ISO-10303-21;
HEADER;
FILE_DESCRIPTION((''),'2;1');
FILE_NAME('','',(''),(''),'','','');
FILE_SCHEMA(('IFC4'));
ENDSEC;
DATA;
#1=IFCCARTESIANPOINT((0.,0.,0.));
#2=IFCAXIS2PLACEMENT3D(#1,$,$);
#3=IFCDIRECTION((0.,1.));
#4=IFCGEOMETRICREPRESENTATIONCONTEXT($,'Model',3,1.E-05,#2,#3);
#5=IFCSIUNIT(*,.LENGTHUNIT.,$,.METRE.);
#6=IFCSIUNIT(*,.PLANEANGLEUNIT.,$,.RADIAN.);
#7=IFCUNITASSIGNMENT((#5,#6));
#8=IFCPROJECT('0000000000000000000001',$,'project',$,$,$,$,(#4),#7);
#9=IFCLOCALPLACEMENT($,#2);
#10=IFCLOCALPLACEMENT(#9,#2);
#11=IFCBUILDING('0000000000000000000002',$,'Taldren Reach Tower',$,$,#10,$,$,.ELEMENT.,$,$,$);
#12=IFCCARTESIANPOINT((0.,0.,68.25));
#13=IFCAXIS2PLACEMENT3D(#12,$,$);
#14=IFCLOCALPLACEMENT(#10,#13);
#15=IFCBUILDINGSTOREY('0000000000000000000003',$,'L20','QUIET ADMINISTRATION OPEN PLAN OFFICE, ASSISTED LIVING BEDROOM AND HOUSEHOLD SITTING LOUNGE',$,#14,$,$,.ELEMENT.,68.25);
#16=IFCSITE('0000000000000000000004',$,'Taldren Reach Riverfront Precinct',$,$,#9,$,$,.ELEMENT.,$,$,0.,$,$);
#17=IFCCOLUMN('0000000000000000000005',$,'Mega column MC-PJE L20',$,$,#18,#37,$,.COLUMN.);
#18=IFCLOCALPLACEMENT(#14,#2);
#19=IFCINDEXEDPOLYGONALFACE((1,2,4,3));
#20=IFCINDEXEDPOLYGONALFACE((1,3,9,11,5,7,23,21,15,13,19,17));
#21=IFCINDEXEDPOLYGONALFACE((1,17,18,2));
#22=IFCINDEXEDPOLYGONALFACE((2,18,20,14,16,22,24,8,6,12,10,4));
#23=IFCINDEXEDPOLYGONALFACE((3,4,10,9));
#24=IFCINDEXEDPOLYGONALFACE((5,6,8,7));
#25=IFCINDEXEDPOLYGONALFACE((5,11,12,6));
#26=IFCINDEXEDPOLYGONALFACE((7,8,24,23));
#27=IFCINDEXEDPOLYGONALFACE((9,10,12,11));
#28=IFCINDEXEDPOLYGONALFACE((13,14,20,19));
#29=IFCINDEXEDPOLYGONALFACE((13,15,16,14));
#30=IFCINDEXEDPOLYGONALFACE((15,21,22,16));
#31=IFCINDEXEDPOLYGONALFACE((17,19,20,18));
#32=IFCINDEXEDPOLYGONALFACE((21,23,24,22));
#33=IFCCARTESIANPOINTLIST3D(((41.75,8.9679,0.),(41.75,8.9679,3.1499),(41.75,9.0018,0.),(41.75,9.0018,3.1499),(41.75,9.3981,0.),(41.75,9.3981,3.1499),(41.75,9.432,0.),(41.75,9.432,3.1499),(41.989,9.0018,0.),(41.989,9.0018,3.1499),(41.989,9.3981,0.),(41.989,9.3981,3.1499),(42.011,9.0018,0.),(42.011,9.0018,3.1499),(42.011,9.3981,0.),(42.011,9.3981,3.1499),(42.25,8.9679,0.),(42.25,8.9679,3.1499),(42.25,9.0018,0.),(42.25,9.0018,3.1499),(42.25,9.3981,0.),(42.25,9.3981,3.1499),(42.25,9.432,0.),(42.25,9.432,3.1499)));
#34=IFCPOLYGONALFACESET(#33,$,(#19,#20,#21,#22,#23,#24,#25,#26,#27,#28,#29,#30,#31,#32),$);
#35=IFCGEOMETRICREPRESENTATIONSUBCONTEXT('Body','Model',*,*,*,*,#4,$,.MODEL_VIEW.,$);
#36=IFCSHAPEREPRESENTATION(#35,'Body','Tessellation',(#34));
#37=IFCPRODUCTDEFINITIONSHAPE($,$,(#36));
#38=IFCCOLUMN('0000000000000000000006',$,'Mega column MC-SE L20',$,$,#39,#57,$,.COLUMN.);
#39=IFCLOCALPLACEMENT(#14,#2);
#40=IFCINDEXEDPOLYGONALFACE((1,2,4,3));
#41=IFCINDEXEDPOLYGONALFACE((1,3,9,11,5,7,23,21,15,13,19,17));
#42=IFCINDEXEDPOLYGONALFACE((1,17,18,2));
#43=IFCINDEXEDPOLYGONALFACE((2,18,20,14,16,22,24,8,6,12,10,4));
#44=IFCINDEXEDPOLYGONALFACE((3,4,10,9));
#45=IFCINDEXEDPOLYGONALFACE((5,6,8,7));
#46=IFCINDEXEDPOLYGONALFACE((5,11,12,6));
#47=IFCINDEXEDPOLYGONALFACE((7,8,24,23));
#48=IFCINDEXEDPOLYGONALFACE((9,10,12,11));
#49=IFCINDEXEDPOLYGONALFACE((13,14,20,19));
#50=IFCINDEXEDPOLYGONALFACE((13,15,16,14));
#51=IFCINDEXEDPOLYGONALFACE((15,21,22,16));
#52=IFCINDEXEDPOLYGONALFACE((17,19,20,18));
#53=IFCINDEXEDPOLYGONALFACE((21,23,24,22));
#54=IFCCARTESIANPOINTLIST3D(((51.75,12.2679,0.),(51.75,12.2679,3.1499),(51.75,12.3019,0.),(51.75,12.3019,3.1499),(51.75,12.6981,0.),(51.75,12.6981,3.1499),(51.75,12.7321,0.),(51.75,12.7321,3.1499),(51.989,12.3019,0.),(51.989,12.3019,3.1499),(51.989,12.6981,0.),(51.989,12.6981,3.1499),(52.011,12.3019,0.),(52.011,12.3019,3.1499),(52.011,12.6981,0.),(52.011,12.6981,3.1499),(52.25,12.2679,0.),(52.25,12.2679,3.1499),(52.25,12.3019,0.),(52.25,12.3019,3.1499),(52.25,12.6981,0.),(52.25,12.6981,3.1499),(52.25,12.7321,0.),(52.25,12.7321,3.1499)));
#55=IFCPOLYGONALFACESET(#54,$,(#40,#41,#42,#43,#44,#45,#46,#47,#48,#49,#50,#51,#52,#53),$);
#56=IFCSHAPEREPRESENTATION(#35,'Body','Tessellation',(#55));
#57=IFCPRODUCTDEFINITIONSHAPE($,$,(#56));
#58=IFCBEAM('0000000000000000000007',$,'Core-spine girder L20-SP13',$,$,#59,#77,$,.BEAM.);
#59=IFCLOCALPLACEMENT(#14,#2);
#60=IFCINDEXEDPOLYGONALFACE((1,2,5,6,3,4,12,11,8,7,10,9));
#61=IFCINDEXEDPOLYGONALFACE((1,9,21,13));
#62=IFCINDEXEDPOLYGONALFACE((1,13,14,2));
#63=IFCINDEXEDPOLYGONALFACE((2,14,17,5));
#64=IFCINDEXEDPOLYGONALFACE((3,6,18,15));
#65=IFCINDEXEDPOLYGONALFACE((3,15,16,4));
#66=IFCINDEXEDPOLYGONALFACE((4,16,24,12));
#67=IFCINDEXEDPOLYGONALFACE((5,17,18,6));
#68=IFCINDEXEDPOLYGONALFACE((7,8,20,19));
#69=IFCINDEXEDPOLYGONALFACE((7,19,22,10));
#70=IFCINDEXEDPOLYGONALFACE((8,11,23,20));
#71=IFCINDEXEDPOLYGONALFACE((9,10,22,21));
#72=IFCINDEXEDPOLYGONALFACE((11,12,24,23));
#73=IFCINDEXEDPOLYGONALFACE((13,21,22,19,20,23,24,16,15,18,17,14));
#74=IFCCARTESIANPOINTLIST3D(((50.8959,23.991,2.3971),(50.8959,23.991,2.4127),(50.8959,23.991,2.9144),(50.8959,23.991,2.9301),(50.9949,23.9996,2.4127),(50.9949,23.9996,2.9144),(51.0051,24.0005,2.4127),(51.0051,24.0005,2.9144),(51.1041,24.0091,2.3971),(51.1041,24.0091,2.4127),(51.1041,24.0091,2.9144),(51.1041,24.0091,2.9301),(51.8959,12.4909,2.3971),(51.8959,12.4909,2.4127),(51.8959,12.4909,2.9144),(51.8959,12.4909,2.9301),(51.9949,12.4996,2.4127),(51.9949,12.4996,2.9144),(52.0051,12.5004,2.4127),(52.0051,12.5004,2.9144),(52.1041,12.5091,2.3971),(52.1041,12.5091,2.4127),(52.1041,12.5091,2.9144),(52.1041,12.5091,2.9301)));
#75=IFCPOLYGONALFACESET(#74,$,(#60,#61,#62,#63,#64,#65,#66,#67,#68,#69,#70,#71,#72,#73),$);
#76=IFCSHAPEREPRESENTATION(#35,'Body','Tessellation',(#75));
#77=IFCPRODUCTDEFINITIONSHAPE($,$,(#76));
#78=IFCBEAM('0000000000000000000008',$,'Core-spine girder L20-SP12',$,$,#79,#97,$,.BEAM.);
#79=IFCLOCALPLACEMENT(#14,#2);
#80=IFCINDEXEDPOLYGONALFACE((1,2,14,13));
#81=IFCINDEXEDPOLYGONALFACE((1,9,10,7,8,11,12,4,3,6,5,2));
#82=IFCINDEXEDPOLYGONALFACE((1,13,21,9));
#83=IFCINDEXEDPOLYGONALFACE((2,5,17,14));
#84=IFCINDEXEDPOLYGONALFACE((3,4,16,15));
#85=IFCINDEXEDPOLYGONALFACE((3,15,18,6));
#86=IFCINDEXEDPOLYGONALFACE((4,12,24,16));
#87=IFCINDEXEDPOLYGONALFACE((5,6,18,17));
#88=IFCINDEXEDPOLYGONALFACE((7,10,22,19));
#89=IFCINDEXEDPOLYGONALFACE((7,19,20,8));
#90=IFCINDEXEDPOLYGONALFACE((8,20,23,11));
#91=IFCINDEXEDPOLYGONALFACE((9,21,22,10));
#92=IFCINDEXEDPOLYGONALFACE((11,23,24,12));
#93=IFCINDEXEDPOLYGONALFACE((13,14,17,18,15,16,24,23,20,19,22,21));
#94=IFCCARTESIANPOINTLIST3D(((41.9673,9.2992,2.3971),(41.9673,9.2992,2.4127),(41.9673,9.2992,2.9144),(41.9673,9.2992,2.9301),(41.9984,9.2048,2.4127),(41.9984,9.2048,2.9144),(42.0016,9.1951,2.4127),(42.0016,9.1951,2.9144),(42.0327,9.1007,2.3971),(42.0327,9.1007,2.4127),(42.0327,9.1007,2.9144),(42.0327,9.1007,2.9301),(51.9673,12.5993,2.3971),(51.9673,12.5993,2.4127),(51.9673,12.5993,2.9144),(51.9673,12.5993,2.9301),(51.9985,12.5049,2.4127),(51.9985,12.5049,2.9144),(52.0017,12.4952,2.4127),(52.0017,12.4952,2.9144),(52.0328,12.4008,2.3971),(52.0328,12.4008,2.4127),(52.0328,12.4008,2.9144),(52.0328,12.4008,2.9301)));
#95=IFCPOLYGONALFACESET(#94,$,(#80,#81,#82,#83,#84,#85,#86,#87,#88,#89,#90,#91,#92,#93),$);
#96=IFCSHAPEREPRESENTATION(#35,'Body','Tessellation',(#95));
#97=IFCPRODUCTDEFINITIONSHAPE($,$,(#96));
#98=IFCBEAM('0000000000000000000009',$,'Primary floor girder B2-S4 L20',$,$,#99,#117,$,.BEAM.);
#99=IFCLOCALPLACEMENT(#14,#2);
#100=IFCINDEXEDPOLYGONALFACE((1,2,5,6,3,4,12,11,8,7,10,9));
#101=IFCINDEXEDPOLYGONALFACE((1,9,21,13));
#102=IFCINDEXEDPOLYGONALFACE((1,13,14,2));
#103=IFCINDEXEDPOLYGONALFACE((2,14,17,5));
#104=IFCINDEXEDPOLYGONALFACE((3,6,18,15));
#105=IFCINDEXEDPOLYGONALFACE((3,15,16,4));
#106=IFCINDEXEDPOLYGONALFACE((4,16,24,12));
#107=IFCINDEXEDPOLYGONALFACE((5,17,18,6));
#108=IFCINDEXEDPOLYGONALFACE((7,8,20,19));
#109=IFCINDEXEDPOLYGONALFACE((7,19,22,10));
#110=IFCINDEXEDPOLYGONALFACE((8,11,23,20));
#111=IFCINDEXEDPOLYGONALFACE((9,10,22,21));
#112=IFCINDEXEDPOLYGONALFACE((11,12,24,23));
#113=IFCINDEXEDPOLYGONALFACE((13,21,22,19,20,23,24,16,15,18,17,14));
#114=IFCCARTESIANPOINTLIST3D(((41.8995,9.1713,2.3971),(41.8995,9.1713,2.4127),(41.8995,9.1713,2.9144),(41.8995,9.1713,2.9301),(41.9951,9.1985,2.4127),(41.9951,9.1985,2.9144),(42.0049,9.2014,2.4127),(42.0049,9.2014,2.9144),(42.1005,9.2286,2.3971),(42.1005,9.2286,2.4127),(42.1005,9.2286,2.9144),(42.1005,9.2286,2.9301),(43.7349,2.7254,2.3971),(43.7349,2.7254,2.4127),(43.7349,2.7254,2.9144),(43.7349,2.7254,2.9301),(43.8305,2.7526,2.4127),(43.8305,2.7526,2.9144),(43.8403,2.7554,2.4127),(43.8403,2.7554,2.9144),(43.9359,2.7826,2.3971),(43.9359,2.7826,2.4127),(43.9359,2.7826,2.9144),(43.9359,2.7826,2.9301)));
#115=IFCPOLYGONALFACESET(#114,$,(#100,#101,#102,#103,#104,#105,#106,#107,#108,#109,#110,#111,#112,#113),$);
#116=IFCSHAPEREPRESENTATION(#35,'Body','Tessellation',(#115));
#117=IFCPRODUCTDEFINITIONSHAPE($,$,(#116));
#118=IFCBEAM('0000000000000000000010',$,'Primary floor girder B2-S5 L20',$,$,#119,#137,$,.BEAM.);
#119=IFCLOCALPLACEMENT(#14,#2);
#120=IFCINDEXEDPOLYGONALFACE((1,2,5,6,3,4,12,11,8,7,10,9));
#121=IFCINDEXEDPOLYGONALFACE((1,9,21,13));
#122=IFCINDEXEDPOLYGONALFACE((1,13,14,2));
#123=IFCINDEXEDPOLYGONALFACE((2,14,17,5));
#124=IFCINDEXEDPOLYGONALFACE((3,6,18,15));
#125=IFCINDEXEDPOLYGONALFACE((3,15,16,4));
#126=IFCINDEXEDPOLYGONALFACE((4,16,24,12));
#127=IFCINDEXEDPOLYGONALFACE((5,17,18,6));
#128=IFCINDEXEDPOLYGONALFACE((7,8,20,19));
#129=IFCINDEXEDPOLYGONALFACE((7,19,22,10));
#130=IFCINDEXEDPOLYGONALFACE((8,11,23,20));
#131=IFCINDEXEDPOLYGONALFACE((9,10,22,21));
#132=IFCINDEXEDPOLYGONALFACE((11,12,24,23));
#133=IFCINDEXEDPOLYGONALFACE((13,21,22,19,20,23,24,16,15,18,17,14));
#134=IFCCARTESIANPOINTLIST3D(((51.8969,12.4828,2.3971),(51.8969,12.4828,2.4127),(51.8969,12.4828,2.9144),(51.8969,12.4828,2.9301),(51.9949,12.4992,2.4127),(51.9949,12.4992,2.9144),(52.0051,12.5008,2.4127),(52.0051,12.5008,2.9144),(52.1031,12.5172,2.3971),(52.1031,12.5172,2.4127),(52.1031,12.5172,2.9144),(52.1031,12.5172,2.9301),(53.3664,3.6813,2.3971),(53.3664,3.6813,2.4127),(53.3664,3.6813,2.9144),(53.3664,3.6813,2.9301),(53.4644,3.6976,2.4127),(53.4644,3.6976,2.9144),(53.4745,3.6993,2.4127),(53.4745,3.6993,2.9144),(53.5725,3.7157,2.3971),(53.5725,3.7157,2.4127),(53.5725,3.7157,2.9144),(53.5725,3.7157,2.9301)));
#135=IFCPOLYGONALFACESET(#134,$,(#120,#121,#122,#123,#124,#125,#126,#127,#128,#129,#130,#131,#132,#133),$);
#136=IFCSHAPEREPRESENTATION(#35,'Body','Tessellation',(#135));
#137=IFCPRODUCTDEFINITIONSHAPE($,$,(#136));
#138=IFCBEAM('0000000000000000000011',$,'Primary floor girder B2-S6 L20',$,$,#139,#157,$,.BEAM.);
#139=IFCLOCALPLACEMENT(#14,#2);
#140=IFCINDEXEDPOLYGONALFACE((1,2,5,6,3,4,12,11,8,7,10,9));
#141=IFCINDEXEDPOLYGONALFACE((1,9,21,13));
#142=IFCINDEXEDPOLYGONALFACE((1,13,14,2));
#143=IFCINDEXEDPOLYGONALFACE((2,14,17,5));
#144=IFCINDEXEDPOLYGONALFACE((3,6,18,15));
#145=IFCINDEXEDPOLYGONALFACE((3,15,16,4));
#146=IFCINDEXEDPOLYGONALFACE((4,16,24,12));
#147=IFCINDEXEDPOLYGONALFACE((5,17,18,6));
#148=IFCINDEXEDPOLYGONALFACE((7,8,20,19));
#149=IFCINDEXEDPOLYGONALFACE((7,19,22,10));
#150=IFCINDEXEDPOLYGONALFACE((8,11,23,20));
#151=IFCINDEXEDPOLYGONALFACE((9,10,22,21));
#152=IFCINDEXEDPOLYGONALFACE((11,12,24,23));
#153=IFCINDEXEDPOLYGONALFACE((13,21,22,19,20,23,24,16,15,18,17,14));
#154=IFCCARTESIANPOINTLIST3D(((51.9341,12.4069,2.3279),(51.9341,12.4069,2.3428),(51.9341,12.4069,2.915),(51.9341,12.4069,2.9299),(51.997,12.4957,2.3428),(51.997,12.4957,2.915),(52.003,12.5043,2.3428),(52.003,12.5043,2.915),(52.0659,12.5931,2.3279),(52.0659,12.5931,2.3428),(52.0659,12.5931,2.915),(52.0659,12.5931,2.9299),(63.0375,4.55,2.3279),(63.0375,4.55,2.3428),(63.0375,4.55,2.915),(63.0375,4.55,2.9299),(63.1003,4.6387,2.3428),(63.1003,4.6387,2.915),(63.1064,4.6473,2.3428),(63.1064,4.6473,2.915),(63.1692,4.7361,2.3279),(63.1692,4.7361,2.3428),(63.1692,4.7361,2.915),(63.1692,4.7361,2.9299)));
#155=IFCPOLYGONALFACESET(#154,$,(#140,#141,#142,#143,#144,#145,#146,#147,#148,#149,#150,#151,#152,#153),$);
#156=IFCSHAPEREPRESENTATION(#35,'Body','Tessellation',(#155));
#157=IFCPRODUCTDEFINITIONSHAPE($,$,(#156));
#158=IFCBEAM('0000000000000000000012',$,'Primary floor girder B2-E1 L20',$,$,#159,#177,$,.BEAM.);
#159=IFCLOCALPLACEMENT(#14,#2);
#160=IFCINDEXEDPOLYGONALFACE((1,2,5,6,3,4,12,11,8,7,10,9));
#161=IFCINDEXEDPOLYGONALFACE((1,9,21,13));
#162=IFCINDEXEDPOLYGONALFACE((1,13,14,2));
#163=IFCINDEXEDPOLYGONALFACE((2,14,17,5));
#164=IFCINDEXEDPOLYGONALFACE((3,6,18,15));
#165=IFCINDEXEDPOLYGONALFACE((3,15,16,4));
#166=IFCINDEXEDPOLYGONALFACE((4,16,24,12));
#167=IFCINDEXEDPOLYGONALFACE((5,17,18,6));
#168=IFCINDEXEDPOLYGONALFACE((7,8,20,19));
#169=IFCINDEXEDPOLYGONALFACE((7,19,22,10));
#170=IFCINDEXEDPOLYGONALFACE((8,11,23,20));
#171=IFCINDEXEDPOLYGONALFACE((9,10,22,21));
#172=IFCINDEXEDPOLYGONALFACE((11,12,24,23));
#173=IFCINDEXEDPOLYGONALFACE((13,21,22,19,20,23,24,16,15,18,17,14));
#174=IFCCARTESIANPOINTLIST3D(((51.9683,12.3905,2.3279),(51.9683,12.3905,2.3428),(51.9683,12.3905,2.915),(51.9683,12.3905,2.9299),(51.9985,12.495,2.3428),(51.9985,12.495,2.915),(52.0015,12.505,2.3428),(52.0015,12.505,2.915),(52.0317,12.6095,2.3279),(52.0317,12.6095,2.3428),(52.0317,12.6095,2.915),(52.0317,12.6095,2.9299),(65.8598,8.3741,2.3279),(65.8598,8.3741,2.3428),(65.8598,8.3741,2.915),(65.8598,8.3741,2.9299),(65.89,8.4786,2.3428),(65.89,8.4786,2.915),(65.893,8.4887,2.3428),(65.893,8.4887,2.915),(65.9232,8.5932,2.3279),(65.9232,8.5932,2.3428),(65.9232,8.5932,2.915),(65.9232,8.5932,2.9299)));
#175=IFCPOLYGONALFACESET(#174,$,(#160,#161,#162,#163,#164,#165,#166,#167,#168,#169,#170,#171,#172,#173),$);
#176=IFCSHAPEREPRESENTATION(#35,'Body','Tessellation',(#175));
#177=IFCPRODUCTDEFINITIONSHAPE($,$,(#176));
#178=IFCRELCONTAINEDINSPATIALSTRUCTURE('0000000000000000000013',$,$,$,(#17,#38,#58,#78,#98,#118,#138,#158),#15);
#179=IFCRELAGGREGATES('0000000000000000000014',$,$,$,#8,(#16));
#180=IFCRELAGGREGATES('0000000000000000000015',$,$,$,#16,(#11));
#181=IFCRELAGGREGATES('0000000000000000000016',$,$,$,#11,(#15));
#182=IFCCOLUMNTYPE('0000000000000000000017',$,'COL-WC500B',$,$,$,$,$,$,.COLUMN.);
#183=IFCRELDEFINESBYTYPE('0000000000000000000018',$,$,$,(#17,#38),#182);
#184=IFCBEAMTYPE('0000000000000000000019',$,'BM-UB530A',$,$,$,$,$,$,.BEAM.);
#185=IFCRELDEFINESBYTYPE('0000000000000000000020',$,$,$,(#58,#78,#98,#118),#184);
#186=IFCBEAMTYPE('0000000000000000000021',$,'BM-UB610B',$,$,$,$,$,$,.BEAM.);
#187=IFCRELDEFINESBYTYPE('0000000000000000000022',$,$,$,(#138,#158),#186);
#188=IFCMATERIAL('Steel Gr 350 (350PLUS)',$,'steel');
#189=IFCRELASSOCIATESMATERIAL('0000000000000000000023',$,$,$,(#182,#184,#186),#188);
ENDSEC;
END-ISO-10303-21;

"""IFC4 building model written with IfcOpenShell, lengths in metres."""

from ifc_helpers import new_model, si_unit, direction, frame, origin, origin_2d, place, context, subcontext, project, spatial, i_section, extrude, source, transform, mapped, material, material_profile, profile_set, type_object, element, save


model = new_model("IFC4")

# Units and contexts
model_context = context("Model", 3, precision=1e-05, world=origin(), true_north=direction((0.0, 1.0)))
body_context = subcontext(model_context, "Body", "Model", "MODEL_VIEW")
ifc_project = project(units=[si_unit("LENGTHUNIT", "METRE"), si_unit("PLANEANGLEUNIT", "RADIAN")], contexts=[model_context])

# Site, building, storey
site_placement = place(None, origin())
site = spatial("IfcSite", under=ifc_project, at=site_placement, Name="Taldren Reach Riverfront Precinct", CompositionType="ELEMENT", RefElevation=0.0)
building_placement = place(site_placement, origin())
building = spatial("IfcBuilding", under=site, at=building_placement, Name="Taldren Reach Tower", CompositionType="ELEMENT")
storey_placement = place(building_placement, frame((0.0, 0.0, 68.25)))
storey = spatial("IfcBuildingStorey", under=building, at=storey_placement, Name="L20", Description="QUIET ADMINISTRATION OPEN PLAN OFFICE, ASSISTED LIVING BEDROOM AND HOUSEHOLD SITTING LOUNGE", CompositionType="ELEMENT", Elevation=68.25)

# Columns
ifc_material_1 = material(Name="Steel Gr 350 (350PLUS)", Category="steel")
ifc_material_profile_1 = material_profile(ifc_material_1, i_section(OverallWidth=0.5, OverallDepth=0.4641, WebThickness=0.022, FlangeThickness=0.0339, at=origin_2d()), Name="500WC340")
ifc_profile_set_1 = profile_set([ifc_material_profile_1], Name="Steel Gr 350 (350PLUS)")
column_type = type_object("IfcColumnType", Name="COL-WC500B", PredefinedType="COLUMN", material=ifc_profile_set_1)
shared_shape_1 = source(origin(), body_context, "Body", "SweptSolid", [
    extrude(i_section(OverallWidth=0.5, OverallDepth=0.4641, WebThickness=0.022, FlangeThickness=0.0339, at=origin_2d()), origin(), (0.0, 0.0, 1.0), 3.1499),
])
for number, where, z_axis, x_axis, name in (
    (1, (42.0, 9.2, 0.0), (0.0, 0.0, 1.0), (1.0, 0.0, 0.0), "Mega column MC-PJE L20"),
    (2, (52.0, 12.5, 0.0), (0.0, 0.0, 1.0), (1.0, 0.0, 0.0), "Mega column MC-SE L20"),
):
    element("IfcColumn", number, at=place(storey_placement, frame(where, z_axis=z_axis, x_axis=x_axis)), inside=storey, type_object=column_type, Name=name, PredefinedType="COLUMN", context=body_context, shape_type="MappedRepresentation", body=[
        mapped(shared_shape_1, transform((0.0, 0.0, 0.0), scale=1.0)),
    ])

# Beams
ifc_material_profile_2 = material_profile(ifc_material_1, i_section(OverallWidth=0.209, OverallDepth=0.533, WebThickness=0.0103, FlangeThickness=0.0156, at=origin_2d()), Name="530UB92.4")
ifc_profile_set_2 = profile_set([ifc_material_profile_2], Name="Steel Gr 350 (350PLUS)")
beam_type_1 = type_object("IfcBeamType", Name="BM-UB530A", PredefinedType="BEAM", material=ifc_profile_set_2)
shared_shape_2 = source(origin(), body_context, "Body", "SweptSolid", [
    extrude(i_section(OverallWidth=0.209, OverallDepth=0.533, WebThickness=0.0103, FlangeThickness=0.0156, at=origin_2d()), origin(), (0.0, 0.0, 1.0), 11.5435),
])
beam_1_placement = place(storey_placement, frame((52.0, 12.5, 2.6636), z_axis=(-0.08663, 0.996241, 0.0), x_axis=(-0.996241, -0.08663, 0.0)))
element("IfcBeam", 3, at=beam_1_placement, inside=storey, type_object=beam_type_1, Name="Core-spine girder L20-SP13", PredefinedType="BEAM", context=body_context, shape_type="MappedRepresentation", body=[
    mapped(shared_shape_2, transform((0.0, 0.0, 0.0), scale=1.0)),
])
shared_shape_3 = source(origin(), body_context, "Body", "SweptSolid", [
    extrude(i_section(OverallWidth=0.209, OverallDepth=0.533, WebThickness=0.0103, FlangeThickness=0.0156, at=origin_2d()), origin(), (0.0, 0.0, 1.0), 10.5305),
])
beam_2_placement = place(storey_placement, frame((42.0, 9.2, 2.6636), z_axis=(0.949627, 0.313382, 0.0), x_axis=(-0.313382, 0.949627, 0.0)))
element("IfcBeam", 4, at=beam_2_placement, inside=storey, type_object=beam_type_1, Name="Core-spine girder L20-SP12", PredefinedType="BEAM", context=body_context, shape_type="MappedRepresentation", body=[
    mapped(shared_shape_3, transform((0.0, 0.0, 0.0), scale=1.0)),
])
shared_shape_4 = source(origin(), body_context, "Body", "SweptSolid", [
    extrude(i_section(OverallWidth=0.209, OverallDepth=0.533, WebThickness=0.0103, FlangeThickness=0.0156, at=origin_2d()), origin(), (0.0, 0.0, 1.0), 6.7021),
])
beam_3_placement = place(storey_placement, frame((42.0, 9.2, 2.6636), z_axis=(0.273855, -0.961771, 0.0), x_axis=(0.961771, 0.273855, 0.0)))
element("IfcBeam", 5, at=beam_3_placement, inside=storey, type_object=beam_type_1, Name="Primary floor girder B2-S4 L20", PredefinedType="BEAM", context=body_context, shape_type="MappedRepresentation", body=[
    mapped(shared_shape_4, transform((0.0, 0.0, 0.0), scale=1.0)),
])
shared_shape_5 = source(origin(), body_context, "Body", "SweptSolid", [
    extrude(i_section(OverallWidth=0.209, OverallDepth=0.533, WebThickness=0.0103, FlangeThickness=0.0156, at=origin_2d()), origin(), (0.0, 0.0, 1.0), 8.9233),
])
beam_4_placement = place(storey_placement, frame((52.0, 12.5, 2.6636), z_axis=(0.164678, -0.986347, 0.0), x_axis=(0.986347, 0.164678, 0.0)))
element("IfcBeam", 6, at=beam_4_placement, inside=storey, type_object=beam_type_1, Name="Primary floor girder B2-S5 L20", PredefinedType="BEAM", context=body_context, shape_type="MappedRepresentation", body=[
    mapped(shared_shape_5, transform((0.0, 0.0, 0.0), scale=1.0)),
])
ifc_material_profile_3 = material_profile(ifc_material_1, i_section(OverallWidth=0.228, OverallDepth=0.6021, WebThickness=0.0105, FlangeThickness=0.0149, at=origin_2d()), Name="610UB101")
ifc_profile_set_3 = profile_set([ifc_material_profile_3], Name="Steel Gr 350 (350PLUS)")
beam_type_2 = type_object("IfcBeamType", Name="BM-UB610B", PredefinedType="BEAM", material=ifc_profile_set_3)
shared_shape_6 = source(origin(), body_context, "Body", "SweptSolid", [
    extrude(i_section(OverallWidth=0.228, OverallDepth=0.6021, WebThickness=0.0105, FlangeThickness=0.0149, at=origin_2d()), origin(), (0.0, 0.0, 1.0), 13.6021),
])
beam_5_placement = place(storey_placement, frame((52.0, 12.5, 2.6289), z_axis=(0.816298, -0.577631, 0.0), x_axis=(0.577631, 0.816298, 0.0)))
element("IfcBeam", 7, at=beam_5_placement, inside=storey, type_object=beam_type_2, Name="Primary floor girder B2-S6 L20", PredefinedType="BEAM", context=body_context, shape_type="MappedRepresentation", body=[
    mapped(shared_shape_6, transform((0.0, 0.0, 0.0), scale=1.0)),
])
shared_shape_7 = source(origin(), body_context, "Body", "SweptSolid", [
    extrude(i_section(OverallWidth=0.228, OverallDepth=0.6021, WebThickness=0.0105, FlangeThickness=0.0149, at=origin_2d()), origin(), (0.0, 0.0, 1.0), 14.4604),
])
beam_6_placement = place(storey_placement, frame((52.0, 12.5, 2.6289), z_axis=(0.960655, -0.277746, 0.0), x_axis=(0.277746, 0.960655, 0.0)))
element("IfcBeam", 8, at=beam_6_placement, inside=storey, type_object=beam_type_2, Name="Primary floor girder B2-E1 L20", PredefinedType="BEAM", context=body_context, shape_type="MappedRepresentation", body=[
    mapped(shared_shape_7, transform((0.0, 0.0, 0.0), scale=1.0)),
])

save(model, "model.ifc")
